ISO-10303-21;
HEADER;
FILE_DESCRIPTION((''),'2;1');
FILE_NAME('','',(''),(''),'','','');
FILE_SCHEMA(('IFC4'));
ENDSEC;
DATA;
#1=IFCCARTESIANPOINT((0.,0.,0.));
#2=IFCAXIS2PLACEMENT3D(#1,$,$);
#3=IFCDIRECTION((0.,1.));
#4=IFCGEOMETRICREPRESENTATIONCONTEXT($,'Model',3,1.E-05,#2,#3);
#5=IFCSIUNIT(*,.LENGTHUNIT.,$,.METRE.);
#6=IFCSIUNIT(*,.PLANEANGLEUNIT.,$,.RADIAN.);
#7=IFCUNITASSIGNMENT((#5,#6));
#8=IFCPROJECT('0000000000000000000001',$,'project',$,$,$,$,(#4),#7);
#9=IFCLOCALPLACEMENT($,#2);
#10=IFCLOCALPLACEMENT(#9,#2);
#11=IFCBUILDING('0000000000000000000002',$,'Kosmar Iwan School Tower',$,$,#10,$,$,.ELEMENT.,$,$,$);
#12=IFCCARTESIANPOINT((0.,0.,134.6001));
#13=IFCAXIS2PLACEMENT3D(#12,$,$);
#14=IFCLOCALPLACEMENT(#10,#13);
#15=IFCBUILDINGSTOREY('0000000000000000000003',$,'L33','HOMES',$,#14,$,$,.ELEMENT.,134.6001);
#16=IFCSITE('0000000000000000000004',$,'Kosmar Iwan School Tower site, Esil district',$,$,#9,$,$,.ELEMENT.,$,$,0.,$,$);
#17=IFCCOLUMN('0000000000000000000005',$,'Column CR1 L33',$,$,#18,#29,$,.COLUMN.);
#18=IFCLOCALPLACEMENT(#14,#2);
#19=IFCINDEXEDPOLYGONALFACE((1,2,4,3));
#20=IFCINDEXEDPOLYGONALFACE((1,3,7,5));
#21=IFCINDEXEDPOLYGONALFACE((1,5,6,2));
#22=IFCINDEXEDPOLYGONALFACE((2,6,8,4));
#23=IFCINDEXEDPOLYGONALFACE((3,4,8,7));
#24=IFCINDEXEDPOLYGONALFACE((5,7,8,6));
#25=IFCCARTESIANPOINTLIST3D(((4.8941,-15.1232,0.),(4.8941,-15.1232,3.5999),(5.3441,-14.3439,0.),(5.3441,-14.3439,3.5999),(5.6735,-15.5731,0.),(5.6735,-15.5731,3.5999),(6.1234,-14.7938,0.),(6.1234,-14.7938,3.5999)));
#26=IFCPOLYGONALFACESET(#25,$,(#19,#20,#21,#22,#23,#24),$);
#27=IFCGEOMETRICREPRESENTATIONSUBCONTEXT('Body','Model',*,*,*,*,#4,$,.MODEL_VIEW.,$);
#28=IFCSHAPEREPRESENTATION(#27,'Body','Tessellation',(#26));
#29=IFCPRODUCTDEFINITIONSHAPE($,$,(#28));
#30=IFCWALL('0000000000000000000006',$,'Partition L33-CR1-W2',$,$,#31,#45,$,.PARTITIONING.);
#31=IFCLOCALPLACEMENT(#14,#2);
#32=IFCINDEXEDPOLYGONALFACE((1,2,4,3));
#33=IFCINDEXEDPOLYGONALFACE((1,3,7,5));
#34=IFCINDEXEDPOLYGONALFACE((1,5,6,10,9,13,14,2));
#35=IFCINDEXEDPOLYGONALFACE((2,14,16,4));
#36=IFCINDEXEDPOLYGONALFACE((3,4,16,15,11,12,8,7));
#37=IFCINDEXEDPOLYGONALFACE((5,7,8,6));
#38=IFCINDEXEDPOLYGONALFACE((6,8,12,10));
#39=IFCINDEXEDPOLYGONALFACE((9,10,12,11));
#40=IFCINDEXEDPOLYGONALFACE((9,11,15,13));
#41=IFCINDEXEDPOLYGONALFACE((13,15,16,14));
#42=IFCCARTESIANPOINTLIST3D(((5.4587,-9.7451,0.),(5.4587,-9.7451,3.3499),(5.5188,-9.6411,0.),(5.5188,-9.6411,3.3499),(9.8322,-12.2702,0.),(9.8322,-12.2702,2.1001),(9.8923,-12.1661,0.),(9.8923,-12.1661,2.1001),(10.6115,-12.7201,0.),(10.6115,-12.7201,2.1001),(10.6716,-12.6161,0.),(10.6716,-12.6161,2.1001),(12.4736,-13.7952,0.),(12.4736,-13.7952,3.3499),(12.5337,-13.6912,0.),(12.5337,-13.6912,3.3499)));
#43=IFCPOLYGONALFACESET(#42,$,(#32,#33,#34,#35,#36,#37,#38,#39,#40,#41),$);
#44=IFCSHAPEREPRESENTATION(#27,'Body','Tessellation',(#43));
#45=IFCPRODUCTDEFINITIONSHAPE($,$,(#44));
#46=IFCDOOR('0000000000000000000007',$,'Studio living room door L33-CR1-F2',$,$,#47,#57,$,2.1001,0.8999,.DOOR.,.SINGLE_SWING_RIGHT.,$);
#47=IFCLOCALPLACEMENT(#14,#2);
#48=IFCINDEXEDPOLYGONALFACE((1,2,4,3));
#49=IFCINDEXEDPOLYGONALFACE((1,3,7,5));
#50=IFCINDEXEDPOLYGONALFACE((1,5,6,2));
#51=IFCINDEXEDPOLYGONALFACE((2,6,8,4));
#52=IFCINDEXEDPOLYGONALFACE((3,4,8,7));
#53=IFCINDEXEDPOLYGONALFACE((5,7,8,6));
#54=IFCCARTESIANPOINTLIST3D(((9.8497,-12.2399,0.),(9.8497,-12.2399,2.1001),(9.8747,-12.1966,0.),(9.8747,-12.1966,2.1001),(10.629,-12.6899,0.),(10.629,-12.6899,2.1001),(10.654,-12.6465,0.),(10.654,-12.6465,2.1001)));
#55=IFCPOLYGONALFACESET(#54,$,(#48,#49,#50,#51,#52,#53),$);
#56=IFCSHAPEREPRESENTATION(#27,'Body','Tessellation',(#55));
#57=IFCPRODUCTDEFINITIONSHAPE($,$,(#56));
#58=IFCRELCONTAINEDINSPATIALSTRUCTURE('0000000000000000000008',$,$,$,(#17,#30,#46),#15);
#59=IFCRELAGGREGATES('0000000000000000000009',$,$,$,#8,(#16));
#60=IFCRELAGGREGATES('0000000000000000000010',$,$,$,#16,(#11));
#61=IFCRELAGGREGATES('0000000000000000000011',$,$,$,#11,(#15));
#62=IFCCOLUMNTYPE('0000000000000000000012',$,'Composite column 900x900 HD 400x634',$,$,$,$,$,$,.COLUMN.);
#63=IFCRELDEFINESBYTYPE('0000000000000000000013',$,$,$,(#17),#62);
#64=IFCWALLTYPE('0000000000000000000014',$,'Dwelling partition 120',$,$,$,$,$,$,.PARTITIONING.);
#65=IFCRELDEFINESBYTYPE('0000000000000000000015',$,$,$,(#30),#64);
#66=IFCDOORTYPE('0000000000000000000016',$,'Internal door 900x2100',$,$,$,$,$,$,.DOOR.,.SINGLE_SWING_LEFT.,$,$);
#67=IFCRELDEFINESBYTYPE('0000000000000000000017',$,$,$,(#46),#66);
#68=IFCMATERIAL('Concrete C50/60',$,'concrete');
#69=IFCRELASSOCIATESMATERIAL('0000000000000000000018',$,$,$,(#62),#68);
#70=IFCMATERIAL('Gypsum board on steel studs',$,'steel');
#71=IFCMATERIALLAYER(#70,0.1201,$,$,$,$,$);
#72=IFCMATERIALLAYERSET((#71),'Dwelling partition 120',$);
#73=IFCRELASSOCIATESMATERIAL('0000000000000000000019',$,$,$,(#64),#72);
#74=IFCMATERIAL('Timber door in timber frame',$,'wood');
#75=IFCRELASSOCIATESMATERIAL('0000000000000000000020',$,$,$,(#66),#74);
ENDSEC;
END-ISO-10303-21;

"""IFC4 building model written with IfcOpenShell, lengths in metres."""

from ifc_helpers import new_model, si_unit, direction, frame, frame_2d, origin, origin_2d, place, context, subcontext, project, spatial, rectangle, extrude, material, layer, layer_set, material_profile, profile_set, type_object, element, fill, save


model = new_model("IFC4")

# Units and contexts
model_context = context("Model", 3, precision=1e-05, world=origin(), true_north=direction((0.0, 1.0)))
body_context = subcontext(model_context, "Body", "Model", "MODEL_VIEW")
ifc_project = project(units=[si_unit("LENGTHUNIT", "METRE"), si_unit("PLANEANGLEUNIT", "RADIAN")], contexts=[model_context])

# Site, building, storey
site_placement = place(None, origin())
site = spatial("IfcSite", under=ifc_project, at=site_placement, Name="Kosmar Iwan School Tower site, Esil district", CompositionType="ELEMENT", RefElevation=0.0)
building_placement = place(site_placement, origin())
building = spatial("IfcBuilding", under=site, at=building_placement, Name="Kosmar Iwan School Tower", CompositionType="ELEMENT")
storey_placement = place(building_placement, frame((0.0, 0.0, 134.6001)))
storey = spatial("IfcBuildingStorey", under=building, at=storey_placement, Name="L33", Description="HOMES", CompositionType="ELEMENT", Elevation=134.6001)

# Column
ifc_material_1 = material(Name="Concrete C50/60", Category="concrete")
ifc_material_profile = material_profile(ifc_material_1, rectangle(XDim=0.8999, YDim=0.8999, at=origin_2d()), Name="RC 900x900 + HD 400x634")
ifc_profile_set = profile_set([ifc_material_profile], Name="Concrete C50/60")
column_type = type_object("IfcColumnType", Name="Composite column 900x900 HD 400x634", PredefinedType="COLUMN", material=ifc_profile_set)
column_placement = place(storey_placement, frame((5.5088, -14.9585, 0.0), z_axis=(0.0, 0.0, 1.0), x_axis=(0.866025, -0.5, 0.0)))
element("IfcColumn", 1, at=column_placement, inside=storey, type_object=column_type, Name="Column CR1 L33", PredefinedType="COLUMN", context=body_context, shape_type="SweptSolid", body=[
    extrude(rectangle(XDim=0.8999, YDim=0.8999, at=origin_2d()), origin(), (0.0, 0.0, 1.0), 3.5999),
])

# Wall, opening, door
ifc_material_2 = material(Name="Gypsum board on steel studs", Category="steel")
ifc_layer_1 = layer(ifc_material_2, 0.1201)
ifc_layer_set_1 = layer_set([ifc_layer_1], Name="Dwelling partition 120")
wall_type_1 = type_object("IfcWallType", Name="Dwelling partition 120", PredefinedType="PARTITIONING", material=ifc_layer_set_1)
wall_1_placement = place(storey_placement, frame((5.4888, -9.6931, 0.0), z_axis=(0.0, 0.0, 1.0), x_axis=(0.866025, -0.5, 0.0)))
wall_1 = element("IfcWall", 2, at=wall_1_placement, inside=storey, type_object=wall_type_1, Name="Partition L33-CR1-W2", PredefinedType="PARTITIONING", context=body_context, shape_type="SweptSolid", body=[
    extrude(rectangle(XDim=8.1001, YDim=0.1201, at=frame_2d((4.05, 0.0))), origin(), (0.0, 0.0, 1.0), 3.3499),
])
opening_1_placement = place(wall_1_placement, frame((5.05, 0.0, 0.0)))
opening_1 = element("IfcOpeningElement", 3, at=opening_1_placement, cuts=wall_1, PredefinedType="OPENING", context=body_context, shape_type="SweptSolid", body=[
    extrude(rectangle(XDim=0.8999, YDim=2.1001, at=frame_2d((0.45, 1.05))), frame((0.0, 0.072, 0.0), z_axis=(0.0, -1.0, 0.0), x_axis=(1.0, 0.0, 0.0)), (0.0, 0.0, 1.0), 0.144),
])
ifc_material_3 = material(Name="Timber door in timber frame", Category="wood")
door_type = type_object("IfcDoorType", Name="Internal door 900x2100", OperationType="SINGLE_SWING_LEFT", PredefinedType="DOOR", material=ifc_material_3)
door_placement = place(opening_1_placement, origin())
door = element("IfcDoor", 4, at=door_placement, inside=storey, type_object=door_type, Name="Studio living room door L33-CR1-F2", OperationType="SINGLE_SWING_RIGHT", OverallHeight=2.1001, OverallWidth=0.8999, PredefinedType="DOOR", context=body_context, shape_type="SweptSolid", body=[
    extrude(rectangle(XDim=0.8999, YDim=2.1001, at=frame_2d((0.45, 1.05))), frame((0.0, 0.0249, 0.0), z_axis=(0.0, -1.0, 0.0), x_axis=(1.0, 0.0, 0.0)), (0.0, 0.0, 1.0), 0.05),
])
fill(opening_1, door)

save(model, "model.ifc")
